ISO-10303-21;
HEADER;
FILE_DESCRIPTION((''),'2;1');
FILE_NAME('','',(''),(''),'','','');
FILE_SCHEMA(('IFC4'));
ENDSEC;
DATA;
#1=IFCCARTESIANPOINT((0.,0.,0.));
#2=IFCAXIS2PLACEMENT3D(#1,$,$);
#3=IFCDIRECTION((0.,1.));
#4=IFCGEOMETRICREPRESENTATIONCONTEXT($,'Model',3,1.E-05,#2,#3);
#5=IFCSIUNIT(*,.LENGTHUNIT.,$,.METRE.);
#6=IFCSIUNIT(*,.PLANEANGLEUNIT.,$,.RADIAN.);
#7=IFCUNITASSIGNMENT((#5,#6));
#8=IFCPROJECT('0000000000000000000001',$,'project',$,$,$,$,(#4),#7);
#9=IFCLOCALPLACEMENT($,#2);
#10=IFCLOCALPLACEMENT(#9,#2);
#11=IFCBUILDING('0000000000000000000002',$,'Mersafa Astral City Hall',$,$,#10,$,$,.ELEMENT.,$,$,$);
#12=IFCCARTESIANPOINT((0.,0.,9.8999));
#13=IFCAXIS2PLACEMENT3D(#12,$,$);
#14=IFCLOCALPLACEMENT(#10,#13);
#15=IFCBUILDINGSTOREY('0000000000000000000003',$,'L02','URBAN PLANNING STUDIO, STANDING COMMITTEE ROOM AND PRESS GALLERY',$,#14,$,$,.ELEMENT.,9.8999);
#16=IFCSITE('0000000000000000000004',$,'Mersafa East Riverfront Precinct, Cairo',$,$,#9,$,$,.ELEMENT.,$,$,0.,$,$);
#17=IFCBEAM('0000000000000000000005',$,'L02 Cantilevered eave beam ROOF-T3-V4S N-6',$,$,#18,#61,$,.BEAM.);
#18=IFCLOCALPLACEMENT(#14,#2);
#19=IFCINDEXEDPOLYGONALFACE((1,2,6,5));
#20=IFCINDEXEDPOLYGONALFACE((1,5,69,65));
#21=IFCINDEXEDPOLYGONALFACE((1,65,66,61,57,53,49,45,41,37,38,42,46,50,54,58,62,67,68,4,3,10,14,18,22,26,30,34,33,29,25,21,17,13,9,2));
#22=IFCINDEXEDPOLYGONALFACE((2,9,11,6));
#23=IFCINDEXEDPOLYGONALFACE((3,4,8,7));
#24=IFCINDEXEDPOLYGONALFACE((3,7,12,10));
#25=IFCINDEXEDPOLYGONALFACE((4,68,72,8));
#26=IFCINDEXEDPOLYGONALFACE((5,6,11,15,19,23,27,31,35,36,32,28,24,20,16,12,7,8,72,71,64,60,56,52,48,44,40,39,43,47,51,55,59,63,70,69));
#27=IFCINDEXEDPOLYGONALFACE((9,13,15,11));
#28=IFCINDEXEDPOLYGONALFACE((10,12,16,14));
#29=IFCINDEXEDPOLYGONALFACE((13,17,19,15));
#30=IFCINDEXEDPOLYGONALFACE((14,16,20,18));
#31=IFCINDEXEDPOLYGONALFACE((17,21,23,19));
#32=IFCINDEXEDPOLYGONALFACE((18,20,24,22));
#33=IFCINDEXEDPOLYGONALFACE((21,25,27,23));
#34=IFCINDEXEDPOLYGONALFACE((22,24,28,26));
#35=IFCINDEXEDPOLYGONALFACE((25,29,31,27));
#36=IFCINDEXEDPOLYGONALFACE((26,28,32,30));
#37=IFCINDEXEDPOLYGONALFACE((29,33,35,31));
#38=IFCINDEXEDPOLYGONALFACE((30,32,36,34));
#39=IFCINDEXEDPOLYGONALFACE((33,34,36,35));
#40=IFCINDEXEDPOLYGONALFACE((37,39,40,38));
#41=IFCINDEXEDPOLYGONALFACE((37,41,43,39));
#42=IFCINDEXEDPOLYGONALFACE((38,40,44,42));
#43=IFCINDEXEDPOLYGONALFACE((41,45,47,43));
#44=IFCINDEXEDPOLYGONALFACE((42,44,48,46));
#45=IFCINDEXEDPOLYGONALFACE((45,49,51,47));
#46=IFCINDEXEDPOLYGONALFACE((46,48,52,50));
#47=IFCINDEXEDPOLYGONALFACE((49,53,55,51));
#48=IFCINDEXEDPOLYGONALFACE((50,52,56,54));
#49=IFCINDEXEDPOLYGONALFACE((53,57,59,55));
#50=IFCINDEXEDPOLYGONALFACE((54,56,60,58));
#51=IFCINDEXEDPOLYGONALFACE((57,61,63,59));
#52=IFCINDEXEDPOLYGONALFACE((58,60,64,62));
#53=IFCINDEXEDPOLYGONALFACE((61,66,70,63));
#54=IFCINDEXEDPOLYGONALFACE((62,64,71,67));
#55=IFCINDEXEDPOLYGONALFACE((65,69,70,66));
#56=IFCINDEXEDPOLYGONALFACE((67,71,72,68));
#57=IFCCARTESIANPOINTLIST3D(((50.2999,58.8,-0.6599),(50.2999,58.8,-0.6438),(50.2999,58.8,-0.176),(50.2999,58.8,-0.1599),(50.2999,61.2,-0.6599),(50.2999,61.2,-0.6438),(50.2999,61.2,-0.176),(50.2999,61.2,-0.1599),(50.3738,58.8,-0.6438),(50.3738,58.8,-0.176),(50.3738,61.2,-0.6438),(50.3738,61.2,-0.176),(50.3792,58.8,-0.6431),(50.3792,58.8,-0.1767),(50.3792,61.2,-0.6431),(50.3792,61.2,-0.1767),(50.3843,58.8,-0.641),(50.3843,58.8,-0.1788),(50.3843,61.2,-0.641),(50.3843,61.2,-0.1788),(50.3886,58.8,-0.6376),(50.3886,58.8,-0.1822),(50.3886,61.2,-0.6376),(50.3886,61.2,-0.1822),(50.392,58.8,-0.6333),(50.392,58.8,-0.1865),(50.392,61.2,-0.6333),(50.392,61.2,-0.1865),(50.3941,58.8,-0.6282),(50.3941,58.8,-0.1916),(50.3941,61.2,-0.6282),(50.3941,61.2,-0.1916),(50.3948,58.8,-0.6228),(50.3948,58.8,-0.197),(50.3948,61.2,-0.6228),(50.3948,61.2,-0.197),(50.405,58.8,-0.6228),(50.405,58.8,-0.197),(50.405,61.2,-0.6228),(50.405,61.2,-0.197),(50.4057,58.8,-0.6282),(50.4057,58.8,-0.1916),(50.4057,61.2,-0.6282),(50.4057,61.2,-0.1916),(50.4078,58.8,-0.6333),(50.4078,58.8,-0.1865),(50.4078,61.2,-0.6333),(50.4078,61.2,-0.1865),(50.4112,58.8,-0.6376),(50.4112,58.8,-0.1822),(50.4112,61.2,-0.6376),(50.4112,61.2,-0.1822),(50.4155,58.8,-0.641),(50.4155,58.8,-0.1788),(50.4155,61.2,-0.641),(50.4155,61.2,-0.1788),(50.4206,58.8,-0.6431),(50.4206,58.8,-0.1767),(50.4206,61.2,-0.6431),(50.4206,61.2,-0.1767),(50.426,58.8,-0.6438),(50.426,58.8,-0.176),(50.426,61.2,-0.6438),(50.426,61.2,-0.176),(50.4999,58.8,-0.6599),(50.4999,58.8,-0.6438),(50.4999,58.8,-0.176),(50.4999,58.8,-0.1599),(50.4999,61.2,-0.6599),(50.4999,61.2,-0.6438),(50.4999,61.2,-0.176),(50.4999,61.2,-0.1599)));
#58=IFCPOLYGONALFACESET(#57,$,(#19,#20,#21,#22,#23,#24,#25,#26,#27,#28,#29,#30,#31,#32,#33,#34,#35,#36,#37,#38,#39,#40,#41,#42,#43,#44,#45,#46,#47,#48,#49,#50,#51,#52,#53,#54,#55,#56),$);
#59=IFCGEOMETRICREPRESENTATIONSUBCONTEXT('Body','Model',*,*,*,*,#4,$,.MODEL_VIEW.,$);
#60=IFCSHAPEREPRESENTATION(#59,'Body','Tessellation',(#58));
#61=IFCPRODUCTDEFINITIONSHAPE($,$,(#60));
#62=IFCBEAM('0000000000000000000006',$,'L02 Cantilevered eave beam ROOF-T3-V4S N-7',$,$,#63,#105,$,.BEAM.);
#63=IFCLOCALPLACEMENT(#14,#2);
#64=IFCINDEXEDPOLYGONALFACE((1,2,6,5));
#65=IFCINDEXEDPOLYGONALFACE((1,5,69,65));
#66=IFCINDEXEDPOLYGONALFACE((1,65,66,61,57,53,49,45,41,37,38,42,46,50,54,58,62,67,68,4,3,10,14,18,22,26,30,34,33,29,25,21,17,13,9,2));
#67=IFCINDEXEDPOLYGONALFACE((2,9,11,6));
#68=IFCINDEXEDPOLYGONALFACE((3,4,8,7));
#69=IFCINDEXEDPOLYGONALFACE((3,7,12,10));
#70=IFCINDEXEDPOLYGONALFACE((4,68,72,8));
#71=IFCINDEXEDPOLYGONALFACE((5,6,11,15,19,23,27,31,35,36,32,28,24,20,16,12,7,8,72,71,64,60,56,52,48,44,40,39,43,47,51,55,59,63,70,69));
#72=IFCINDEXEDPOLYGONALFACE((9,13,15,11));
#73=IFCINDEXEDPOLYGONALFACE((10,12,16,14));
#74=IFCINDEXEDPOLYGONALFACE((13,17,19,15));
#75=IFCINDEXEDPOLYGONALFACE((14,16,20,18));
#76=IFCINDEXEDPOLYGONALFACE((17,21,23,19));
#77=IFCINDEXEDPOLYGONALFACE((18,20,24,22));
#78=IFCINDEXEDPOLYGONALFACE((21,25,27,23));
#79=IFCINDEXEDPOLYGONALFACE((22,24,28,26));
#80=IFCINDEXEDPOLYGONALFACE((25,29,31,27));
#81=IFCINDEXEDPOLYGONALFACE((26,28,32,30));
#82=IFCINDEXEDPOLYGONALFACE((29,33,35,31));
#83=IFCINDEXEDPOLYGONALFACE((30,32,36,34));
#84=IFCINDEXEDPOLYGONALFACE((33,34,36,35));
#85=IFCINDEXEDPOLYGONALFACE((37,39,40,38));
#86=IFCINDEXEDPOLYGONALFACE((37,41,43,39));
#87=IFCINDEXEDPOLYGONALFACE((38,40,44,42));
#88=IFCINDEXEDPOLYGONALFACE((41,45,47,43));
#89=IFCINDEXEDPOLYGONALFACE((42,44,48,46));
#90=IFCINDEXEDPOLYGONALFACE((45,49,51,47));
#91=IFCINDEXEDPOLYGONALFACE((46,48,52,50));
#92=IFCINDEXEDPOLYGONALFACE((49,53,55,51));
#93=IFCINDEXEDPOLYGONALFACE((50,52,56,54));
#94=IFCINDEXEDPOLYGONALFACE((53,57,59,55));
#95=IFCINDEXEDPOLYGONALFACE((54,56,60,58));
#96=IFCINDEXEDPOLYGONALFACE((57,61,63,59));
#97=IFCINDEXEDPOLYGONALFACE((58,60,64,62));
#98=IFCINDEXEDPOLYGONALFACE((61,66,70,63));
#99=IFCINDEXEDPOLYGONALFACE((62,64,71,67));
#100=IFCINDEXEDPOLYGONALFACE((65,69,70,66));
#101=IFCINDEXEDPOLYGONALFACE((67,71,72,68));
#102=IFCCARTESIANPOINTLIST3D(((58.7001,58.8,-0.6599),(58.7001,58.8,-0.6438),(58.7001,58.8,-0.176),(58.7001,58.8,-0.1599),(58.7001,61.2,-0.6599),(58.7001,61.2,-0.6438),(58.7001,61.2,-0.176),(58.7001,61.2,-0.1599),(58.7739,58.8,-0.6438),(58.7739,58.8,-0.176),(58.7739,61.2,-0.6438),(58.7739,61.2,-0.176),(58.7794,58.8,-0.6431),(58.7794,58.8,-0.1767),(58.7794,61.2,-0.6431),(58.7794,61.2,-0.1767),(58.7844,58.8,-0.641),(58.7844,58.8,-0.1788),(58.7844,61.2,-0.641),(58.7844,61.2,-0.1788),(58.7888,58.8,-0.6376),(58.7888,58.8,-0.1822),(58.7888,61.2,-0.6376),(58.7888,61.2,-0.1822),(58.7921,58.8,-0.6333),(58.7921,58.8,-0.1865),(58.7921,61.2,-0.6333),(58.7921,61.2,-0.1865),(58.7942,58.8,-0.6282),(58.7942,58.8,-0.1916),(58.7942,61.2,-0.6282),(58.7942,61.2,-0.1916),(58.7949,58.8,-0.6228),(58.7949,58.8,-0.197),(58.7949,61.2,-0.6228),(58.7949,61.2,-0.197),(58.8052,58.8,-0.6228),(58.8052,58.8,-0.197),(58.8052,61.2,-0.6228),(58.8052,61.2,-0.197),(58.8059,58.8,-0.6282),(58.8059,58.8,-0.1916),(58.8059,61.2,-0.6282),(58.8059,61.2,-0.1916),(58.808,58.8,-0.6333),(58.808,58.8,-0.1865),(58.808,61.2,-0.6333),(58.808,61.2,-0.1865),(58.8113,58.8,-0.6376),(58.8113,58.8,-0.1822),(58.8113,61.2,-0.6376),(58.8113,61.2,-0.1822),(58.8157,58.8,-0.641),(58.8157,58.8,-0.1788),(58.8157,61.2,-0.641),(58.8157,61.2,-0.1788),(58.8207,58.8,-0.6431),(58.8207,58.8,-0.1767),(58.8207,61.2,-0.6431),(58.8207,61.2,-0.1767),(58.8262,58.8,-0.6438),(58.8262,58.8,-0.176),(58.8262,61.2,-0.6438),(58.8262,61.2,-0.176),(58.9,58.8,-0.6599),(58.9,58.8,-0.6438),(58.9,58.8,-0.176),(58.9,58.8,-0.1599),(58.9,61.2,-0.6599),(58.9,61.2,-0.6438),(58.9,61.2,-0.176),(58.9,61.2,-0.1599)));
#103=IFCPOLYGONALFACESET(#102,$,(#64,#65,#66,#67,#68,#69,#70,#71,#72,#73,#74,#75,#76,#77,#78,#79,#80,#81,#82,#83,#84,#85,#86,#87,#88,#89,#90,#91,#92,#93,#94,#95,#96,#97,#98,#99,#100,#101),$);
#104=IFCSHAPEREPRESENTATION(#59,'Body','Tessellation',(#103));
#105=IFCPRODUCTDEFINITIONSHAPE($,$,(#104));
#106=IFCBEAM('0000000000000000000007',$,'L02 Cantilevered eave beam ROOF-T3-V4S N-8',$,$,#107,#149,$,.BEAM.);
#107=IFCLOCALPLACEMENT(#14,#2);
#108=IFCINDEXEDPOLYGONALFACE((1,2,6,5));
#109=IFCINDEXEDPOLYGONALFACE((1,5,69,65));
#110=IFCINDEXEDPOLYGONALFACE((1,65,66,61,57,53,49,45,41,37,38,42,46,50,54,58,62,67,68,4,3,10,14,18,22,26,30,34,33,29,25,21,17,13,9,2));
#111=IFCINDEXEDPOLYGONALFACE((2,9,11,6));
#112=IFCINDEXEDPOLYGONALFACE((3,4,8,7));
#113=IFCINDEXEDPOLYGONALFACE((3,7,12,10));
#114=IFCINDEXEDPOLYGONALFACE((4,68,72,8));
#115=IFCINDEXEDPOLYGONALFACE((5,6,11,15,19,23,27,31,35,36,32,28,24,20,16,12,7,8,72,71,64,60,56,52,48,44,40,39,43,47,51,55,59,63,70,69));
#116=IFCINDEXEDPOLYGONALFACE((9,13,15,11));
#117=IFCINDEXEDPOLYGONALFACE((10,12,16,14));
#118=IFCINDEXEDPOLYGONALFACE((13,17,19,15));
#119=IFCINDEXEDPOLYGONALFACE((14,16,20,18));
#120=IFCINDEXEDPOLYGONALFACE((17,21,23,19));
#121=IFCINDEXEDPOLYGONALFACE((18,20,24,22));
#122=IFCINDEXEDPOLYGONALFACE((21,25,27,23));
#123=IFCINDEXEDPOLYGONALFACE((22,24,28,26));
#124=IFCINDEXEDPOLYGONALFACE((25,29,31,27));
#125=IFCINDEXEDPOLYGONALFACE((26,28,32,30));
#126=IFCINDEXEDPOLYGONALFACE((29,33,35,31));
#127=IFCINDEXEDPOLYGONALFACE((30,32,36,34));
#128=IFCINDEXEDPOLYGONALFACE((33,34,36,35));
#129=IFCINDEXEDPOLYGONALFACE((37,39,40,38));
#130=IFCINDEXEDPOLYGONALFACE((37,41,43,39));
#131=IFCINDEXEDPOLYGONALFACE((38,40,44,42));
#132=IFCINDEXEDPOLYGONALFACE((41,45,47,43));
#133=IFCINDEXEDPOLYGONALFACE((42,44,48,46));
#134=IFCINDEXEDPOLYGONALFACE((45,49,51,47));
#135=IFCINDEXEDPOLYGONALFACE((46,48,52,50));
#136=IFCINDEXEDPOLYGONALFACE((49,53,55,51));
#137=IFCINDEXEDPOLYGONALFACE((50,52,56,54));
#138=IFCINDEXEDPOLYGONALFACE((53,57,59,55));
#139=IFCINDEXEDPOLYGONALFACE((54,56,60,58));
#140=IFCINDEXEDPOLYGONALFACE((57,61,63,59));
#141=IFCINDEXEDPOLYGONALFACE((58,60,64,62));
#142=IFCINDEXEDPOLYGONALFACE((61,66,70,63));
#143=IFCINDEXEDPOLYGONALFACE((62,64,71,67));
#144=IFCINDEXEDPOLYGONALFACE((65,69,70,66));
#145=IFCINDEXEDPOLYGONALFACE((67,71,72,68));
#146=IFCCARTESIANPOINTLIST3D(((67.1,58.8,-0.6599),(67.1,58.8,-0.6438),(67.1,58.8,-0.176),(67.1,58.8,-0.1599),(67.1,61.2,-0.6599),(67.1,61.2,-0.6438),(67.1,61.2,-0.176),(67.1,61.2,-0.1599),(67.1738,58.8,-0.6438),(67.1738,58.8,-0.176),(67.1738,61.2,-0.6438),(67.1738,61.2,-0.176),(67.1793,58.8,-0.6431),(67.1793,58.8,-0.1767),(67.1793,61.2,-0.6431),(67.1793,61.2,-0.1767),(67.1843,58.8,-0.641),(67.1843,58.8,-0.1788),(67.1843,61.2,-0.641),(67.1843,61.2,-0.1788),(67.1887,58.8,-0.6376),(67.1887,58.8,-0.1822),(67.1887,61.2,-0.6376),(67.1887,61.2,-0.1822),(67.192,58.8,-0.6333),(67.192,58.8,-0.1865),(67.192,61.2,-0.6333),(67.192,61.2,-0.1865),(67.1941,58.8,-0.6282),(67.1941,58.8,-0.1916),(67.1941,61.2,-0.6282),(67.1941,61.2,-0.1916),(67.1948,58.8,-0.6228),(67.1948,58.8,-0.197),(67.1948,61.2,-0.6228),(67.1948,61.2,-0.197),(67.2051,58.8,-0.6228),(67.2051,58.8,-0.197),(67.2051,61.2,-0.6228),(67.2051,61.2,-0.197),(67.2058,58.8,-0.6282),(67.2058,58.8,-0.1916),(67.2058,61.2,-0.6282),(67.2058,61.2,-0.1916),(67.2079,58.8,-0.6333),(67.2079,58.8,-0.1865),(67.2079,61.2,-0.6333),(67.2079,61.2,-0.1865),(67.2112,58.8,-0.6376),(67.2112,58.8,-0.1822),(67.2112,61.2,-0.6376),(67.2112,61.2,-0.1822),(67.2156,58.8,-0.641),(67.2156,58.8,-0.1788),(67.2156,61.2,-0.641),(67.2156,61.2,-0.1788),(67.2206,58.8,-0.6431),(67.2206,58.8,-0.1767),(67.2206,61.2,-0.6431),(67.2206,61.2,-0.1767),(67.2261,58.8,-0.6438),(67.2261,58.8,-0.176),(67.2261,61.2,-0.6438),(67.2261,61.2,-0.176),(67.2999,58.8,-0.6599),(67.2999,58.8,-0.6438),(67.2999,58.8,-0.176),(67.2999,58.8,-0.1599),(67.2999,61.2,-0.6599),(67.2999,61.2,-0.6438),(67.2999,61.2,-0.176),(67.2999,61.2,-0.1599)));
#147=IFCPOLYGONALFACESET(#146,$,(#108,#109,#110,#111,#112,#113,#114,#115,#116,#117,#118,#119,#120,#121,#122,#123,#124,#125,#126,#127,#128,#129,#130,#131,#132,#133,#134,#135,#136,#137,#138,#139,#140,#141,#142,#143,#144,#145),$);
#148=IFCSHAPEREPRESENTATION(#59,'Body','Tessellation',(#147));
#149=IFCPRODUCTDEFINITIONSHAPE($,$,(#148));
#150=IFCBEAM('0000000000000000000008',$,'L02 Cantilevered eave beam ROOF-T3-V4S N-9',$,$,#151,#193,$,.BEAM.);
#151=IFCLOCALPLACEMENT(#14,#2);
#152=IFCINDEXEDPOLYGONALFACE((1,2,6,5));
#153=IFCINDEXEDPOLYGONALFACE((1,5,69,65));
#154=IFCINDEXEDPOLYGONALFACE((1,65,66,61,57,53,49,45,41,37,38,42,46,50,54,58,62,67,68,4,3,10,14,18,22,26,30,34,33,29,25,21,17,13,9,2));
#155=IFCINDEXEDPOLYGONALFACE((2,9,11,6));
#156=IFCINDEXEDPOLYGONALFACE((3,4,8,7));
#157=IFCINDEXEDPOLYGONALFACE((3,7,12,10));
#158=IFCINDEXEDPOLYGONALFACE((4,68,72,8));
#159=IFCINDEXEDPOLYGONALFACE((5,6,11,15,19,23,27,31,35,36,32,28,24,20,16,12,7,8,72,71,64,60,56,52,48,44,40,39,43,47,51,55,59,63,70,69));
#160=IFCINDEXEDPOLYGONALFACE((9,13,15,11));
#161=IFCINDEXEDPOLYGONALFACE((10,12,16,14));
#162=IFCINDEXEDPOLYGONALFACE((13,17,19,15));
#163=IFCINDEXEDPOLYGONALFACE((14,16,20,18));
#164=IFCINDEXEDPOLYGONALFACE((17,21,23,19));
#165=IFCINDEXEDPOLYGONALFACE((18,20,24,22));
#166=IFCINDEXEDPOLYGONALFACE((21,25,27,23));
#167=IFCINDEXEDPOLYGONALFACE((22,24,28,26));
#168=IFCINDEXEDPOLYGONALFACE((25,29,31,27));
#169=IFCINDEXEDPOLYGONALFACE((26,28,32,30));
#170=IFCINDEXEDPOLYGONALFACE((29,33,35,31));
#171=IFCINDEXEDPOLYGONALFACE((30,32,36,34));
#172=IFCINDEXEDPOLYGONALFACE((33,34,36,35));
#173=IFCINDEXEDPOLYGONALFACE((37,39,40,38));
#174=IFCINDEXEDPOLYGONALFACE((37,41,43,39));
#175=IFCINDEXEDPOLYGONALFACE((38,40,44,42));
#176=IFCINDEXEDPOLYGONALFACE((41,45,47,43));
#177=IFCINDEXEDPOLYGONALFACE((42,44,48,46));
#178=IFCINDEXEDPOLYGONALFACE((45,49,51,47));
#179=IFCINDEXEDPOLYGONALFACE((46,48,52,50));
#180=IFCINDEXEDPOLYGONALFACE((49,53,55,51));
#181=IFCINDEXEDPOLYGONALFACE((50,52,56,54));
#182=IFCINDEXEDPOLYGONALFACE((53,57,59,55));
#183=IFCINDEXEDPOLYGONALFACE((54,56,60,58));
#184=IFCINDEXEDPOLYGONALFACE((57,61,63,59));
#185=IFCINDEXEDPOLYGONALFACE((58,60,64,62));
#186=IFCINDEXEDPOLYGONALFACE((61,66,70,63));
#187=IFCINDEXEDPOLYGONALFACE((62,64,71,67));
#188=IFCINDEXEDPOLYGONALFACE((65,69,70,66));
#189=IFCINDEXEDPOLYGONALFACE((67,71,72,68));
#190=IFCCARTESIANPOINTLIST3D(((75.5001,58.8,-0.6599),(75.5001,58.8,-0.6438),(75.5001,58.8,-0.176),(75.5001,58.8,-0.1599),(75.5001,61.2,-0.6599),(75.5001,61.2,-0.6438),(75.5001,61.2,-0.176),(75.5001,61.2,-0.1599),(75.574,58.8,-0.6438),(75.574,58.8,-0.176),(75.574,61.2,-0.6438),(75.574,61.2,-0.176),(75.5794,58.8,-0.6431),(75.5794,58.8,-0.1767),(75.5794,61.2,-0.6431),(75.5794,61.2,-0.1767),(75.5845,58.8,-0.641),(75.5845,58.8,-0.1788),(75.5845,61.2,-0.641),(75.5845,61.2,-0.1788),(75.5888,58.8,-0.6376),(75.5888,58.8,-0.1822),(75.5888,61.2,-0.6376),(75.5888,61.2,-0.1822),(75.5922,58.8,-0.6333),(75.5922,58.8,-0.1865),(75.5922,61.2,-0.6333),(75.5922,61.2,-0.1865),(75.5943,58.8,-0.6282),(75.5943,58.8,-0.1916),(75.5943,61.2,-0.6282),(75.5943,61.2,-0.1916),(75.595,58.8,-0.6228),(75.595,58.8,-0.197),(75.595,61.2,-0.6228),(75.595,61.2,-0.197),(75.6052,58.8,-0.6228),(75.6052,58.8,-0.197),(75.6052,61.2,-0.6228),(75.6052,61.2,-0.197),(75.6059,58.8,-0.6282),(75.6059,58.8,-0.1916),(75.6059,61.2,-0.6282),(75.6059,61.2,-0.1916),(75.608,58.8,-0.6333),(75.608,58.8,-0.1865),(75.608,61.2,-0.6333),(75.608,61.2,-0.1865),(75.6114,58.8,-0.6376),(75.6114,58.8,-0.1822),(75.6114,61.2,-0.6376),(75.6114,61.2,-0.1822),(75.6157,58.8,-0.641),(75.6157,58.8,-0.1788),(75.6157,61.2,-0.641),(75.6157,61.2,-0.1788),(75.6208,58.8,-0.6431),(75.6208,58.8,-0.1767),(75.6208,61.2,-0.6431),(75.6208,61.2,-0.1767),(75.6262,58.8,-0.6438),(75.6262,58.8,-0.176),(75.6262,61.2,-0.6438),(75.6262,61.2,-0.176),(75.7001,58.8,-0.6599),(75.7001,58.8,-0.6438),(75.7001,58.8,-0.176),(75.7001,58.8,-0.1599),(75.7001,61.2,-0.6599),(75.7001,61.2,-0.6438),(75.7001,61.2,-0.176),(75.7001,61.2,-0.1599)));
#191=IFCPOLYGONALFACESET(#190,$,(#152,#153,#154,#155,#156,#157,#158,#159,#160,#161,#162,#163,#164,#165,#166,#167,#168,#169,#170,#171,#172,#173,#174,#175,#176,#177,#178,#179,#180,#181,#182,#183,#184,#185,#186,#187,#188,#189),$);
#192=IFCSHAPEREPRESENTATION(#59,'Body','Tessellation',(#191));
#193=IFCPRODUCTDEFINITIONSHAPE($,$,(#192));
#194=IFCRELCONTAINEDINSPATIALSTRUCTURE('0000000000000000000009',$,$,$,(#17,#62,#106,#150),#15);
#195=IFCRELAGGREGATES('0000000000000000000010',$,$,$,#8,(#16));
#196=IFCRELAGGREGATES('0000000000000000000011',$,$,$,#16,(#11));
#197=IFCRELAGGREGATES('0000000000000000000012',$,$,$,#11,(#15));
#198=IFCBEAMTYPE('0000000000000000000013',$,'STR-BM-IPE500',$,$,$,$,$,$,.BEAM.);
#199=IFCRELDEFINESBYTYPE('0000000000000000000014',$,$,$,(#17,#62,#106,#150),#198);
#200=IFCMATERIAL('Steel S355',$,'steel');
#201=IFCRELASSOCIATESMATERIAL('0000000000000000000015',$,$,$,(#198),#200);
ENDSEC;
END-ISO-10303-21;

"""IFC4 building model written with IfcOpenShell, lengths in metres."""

from ifc_helpers import new_model, si_unit, direction, frame, origin, origin_2d, place, context, subcontext, project, spatial, i_section, extrude, material, material_profile, profile_set, type_object, element, save


model = new_model("IFC4")

# Units and contexts
model_context = context("Model", 3, precision=1e-05, world=origin(), true_north=direction((0.0, 1.0)))
body_context = subcontext(model_context, "Body", "Model", "MODEL_VIEW")
ifc_project = project(units=[si_unit("LENGTHUNIT", "METRE"), si_unit("PLANEANGLEUNIT", "RADIAN")], contexts=[model_context])

# Site, building, storey
site_placement = place(None, origin())
site = spatial("IfcSite", under=ifc_project, at=site_placement, Name="Mersafa East Riverfront Precinct, Cairo", CompositionType="ELEMENT", RefElevation=0.0)
building_placement = place(site_placement, origin())
building = spatial("IfcBuilding", under=site, at=building_placement, Name="Mersafa Astral City Hall", CompositionType="ELEMENT")
storey_placement = place(building_placement, frame((0.0, 0.0, 9.8999)))
storey = spatial("IfcBuildingStorey", under=building, at=storey_placement, Name="L02", Description="URBAN PLANNING STUDIO, STANDING COMMITTEE ROOM AND PRESS GALLERY", CompositionType="ELEMENT", Elevation=9.8999)

# Beams
ifc_material = material(Name="Steel S355", Category="steel")
ifc_material_profile_1 = material_profile(ifc_material, i_section(OverallWidth=0.2, OverallDepth=0.5, WebThickness=0.0103, FlangeThickness=0.0161, FilletRadius=0.021, at=origin_2d()), Name="IPE 500")
ifc_profile_set_1 = profile_set([ifc_material_profile_1], Name="Steel S355")
beam_type_1 = type_object("IfcBeamType", Name="STR-BM-IPE500", PredefinedType="BEAM", material=ifc_profile_set_1)
for number, where, z_axis, x_axis, name in (
    (1, (50.3999, 58.8, -0.4099), (0.0, 1.0, 0.0), (-1.0, 0.0, 0.0), "L02 Cantilevered eave beam ROOF-T3-V4S N-6"),
    (2, (58.8, 58.8, -0.4099), (0.0, 1.0, 0.0), (-1.0, 0.0, 0.0), "L02 Cantilevered eave beam ROOF-T3-V4S N-7"),
    (3, (67.2, 58.8, -0.4099), (0.0, 1.0, 0.0), (-1.0, 0.0, 0.0), "L02 Cantilevered eave beam ROOF-T3-V4S N-8"),
    (4, (75.6001, 58.8, -0.4099), (0.0, 1.0, 0.0), (-1.0, 0.0, 0.0), "L02 Cantilevered eave beam ROOF-T3-V4S N-9"),
):
    element("IfcBeam", number, at=place(storey_placement, frame(where, z_axis=z_axis, x_axis=x_axis)), inside=storey, type_object=beam_type_1, Name=name, PredefinedType="BEAM", context=body_context, shape_type="SweptSolid", body=[
        extrude(i_section(OverallWidth=0.2, OverallDepth=0.5, WebThickness=0.0103, FlangeThickness=0.0161, FilletRadius=0.021, at=origin_2d()), origin(), (0.0, 0.0, 1.0), 2.3999),
    ])

save(model, "model.ifc")
